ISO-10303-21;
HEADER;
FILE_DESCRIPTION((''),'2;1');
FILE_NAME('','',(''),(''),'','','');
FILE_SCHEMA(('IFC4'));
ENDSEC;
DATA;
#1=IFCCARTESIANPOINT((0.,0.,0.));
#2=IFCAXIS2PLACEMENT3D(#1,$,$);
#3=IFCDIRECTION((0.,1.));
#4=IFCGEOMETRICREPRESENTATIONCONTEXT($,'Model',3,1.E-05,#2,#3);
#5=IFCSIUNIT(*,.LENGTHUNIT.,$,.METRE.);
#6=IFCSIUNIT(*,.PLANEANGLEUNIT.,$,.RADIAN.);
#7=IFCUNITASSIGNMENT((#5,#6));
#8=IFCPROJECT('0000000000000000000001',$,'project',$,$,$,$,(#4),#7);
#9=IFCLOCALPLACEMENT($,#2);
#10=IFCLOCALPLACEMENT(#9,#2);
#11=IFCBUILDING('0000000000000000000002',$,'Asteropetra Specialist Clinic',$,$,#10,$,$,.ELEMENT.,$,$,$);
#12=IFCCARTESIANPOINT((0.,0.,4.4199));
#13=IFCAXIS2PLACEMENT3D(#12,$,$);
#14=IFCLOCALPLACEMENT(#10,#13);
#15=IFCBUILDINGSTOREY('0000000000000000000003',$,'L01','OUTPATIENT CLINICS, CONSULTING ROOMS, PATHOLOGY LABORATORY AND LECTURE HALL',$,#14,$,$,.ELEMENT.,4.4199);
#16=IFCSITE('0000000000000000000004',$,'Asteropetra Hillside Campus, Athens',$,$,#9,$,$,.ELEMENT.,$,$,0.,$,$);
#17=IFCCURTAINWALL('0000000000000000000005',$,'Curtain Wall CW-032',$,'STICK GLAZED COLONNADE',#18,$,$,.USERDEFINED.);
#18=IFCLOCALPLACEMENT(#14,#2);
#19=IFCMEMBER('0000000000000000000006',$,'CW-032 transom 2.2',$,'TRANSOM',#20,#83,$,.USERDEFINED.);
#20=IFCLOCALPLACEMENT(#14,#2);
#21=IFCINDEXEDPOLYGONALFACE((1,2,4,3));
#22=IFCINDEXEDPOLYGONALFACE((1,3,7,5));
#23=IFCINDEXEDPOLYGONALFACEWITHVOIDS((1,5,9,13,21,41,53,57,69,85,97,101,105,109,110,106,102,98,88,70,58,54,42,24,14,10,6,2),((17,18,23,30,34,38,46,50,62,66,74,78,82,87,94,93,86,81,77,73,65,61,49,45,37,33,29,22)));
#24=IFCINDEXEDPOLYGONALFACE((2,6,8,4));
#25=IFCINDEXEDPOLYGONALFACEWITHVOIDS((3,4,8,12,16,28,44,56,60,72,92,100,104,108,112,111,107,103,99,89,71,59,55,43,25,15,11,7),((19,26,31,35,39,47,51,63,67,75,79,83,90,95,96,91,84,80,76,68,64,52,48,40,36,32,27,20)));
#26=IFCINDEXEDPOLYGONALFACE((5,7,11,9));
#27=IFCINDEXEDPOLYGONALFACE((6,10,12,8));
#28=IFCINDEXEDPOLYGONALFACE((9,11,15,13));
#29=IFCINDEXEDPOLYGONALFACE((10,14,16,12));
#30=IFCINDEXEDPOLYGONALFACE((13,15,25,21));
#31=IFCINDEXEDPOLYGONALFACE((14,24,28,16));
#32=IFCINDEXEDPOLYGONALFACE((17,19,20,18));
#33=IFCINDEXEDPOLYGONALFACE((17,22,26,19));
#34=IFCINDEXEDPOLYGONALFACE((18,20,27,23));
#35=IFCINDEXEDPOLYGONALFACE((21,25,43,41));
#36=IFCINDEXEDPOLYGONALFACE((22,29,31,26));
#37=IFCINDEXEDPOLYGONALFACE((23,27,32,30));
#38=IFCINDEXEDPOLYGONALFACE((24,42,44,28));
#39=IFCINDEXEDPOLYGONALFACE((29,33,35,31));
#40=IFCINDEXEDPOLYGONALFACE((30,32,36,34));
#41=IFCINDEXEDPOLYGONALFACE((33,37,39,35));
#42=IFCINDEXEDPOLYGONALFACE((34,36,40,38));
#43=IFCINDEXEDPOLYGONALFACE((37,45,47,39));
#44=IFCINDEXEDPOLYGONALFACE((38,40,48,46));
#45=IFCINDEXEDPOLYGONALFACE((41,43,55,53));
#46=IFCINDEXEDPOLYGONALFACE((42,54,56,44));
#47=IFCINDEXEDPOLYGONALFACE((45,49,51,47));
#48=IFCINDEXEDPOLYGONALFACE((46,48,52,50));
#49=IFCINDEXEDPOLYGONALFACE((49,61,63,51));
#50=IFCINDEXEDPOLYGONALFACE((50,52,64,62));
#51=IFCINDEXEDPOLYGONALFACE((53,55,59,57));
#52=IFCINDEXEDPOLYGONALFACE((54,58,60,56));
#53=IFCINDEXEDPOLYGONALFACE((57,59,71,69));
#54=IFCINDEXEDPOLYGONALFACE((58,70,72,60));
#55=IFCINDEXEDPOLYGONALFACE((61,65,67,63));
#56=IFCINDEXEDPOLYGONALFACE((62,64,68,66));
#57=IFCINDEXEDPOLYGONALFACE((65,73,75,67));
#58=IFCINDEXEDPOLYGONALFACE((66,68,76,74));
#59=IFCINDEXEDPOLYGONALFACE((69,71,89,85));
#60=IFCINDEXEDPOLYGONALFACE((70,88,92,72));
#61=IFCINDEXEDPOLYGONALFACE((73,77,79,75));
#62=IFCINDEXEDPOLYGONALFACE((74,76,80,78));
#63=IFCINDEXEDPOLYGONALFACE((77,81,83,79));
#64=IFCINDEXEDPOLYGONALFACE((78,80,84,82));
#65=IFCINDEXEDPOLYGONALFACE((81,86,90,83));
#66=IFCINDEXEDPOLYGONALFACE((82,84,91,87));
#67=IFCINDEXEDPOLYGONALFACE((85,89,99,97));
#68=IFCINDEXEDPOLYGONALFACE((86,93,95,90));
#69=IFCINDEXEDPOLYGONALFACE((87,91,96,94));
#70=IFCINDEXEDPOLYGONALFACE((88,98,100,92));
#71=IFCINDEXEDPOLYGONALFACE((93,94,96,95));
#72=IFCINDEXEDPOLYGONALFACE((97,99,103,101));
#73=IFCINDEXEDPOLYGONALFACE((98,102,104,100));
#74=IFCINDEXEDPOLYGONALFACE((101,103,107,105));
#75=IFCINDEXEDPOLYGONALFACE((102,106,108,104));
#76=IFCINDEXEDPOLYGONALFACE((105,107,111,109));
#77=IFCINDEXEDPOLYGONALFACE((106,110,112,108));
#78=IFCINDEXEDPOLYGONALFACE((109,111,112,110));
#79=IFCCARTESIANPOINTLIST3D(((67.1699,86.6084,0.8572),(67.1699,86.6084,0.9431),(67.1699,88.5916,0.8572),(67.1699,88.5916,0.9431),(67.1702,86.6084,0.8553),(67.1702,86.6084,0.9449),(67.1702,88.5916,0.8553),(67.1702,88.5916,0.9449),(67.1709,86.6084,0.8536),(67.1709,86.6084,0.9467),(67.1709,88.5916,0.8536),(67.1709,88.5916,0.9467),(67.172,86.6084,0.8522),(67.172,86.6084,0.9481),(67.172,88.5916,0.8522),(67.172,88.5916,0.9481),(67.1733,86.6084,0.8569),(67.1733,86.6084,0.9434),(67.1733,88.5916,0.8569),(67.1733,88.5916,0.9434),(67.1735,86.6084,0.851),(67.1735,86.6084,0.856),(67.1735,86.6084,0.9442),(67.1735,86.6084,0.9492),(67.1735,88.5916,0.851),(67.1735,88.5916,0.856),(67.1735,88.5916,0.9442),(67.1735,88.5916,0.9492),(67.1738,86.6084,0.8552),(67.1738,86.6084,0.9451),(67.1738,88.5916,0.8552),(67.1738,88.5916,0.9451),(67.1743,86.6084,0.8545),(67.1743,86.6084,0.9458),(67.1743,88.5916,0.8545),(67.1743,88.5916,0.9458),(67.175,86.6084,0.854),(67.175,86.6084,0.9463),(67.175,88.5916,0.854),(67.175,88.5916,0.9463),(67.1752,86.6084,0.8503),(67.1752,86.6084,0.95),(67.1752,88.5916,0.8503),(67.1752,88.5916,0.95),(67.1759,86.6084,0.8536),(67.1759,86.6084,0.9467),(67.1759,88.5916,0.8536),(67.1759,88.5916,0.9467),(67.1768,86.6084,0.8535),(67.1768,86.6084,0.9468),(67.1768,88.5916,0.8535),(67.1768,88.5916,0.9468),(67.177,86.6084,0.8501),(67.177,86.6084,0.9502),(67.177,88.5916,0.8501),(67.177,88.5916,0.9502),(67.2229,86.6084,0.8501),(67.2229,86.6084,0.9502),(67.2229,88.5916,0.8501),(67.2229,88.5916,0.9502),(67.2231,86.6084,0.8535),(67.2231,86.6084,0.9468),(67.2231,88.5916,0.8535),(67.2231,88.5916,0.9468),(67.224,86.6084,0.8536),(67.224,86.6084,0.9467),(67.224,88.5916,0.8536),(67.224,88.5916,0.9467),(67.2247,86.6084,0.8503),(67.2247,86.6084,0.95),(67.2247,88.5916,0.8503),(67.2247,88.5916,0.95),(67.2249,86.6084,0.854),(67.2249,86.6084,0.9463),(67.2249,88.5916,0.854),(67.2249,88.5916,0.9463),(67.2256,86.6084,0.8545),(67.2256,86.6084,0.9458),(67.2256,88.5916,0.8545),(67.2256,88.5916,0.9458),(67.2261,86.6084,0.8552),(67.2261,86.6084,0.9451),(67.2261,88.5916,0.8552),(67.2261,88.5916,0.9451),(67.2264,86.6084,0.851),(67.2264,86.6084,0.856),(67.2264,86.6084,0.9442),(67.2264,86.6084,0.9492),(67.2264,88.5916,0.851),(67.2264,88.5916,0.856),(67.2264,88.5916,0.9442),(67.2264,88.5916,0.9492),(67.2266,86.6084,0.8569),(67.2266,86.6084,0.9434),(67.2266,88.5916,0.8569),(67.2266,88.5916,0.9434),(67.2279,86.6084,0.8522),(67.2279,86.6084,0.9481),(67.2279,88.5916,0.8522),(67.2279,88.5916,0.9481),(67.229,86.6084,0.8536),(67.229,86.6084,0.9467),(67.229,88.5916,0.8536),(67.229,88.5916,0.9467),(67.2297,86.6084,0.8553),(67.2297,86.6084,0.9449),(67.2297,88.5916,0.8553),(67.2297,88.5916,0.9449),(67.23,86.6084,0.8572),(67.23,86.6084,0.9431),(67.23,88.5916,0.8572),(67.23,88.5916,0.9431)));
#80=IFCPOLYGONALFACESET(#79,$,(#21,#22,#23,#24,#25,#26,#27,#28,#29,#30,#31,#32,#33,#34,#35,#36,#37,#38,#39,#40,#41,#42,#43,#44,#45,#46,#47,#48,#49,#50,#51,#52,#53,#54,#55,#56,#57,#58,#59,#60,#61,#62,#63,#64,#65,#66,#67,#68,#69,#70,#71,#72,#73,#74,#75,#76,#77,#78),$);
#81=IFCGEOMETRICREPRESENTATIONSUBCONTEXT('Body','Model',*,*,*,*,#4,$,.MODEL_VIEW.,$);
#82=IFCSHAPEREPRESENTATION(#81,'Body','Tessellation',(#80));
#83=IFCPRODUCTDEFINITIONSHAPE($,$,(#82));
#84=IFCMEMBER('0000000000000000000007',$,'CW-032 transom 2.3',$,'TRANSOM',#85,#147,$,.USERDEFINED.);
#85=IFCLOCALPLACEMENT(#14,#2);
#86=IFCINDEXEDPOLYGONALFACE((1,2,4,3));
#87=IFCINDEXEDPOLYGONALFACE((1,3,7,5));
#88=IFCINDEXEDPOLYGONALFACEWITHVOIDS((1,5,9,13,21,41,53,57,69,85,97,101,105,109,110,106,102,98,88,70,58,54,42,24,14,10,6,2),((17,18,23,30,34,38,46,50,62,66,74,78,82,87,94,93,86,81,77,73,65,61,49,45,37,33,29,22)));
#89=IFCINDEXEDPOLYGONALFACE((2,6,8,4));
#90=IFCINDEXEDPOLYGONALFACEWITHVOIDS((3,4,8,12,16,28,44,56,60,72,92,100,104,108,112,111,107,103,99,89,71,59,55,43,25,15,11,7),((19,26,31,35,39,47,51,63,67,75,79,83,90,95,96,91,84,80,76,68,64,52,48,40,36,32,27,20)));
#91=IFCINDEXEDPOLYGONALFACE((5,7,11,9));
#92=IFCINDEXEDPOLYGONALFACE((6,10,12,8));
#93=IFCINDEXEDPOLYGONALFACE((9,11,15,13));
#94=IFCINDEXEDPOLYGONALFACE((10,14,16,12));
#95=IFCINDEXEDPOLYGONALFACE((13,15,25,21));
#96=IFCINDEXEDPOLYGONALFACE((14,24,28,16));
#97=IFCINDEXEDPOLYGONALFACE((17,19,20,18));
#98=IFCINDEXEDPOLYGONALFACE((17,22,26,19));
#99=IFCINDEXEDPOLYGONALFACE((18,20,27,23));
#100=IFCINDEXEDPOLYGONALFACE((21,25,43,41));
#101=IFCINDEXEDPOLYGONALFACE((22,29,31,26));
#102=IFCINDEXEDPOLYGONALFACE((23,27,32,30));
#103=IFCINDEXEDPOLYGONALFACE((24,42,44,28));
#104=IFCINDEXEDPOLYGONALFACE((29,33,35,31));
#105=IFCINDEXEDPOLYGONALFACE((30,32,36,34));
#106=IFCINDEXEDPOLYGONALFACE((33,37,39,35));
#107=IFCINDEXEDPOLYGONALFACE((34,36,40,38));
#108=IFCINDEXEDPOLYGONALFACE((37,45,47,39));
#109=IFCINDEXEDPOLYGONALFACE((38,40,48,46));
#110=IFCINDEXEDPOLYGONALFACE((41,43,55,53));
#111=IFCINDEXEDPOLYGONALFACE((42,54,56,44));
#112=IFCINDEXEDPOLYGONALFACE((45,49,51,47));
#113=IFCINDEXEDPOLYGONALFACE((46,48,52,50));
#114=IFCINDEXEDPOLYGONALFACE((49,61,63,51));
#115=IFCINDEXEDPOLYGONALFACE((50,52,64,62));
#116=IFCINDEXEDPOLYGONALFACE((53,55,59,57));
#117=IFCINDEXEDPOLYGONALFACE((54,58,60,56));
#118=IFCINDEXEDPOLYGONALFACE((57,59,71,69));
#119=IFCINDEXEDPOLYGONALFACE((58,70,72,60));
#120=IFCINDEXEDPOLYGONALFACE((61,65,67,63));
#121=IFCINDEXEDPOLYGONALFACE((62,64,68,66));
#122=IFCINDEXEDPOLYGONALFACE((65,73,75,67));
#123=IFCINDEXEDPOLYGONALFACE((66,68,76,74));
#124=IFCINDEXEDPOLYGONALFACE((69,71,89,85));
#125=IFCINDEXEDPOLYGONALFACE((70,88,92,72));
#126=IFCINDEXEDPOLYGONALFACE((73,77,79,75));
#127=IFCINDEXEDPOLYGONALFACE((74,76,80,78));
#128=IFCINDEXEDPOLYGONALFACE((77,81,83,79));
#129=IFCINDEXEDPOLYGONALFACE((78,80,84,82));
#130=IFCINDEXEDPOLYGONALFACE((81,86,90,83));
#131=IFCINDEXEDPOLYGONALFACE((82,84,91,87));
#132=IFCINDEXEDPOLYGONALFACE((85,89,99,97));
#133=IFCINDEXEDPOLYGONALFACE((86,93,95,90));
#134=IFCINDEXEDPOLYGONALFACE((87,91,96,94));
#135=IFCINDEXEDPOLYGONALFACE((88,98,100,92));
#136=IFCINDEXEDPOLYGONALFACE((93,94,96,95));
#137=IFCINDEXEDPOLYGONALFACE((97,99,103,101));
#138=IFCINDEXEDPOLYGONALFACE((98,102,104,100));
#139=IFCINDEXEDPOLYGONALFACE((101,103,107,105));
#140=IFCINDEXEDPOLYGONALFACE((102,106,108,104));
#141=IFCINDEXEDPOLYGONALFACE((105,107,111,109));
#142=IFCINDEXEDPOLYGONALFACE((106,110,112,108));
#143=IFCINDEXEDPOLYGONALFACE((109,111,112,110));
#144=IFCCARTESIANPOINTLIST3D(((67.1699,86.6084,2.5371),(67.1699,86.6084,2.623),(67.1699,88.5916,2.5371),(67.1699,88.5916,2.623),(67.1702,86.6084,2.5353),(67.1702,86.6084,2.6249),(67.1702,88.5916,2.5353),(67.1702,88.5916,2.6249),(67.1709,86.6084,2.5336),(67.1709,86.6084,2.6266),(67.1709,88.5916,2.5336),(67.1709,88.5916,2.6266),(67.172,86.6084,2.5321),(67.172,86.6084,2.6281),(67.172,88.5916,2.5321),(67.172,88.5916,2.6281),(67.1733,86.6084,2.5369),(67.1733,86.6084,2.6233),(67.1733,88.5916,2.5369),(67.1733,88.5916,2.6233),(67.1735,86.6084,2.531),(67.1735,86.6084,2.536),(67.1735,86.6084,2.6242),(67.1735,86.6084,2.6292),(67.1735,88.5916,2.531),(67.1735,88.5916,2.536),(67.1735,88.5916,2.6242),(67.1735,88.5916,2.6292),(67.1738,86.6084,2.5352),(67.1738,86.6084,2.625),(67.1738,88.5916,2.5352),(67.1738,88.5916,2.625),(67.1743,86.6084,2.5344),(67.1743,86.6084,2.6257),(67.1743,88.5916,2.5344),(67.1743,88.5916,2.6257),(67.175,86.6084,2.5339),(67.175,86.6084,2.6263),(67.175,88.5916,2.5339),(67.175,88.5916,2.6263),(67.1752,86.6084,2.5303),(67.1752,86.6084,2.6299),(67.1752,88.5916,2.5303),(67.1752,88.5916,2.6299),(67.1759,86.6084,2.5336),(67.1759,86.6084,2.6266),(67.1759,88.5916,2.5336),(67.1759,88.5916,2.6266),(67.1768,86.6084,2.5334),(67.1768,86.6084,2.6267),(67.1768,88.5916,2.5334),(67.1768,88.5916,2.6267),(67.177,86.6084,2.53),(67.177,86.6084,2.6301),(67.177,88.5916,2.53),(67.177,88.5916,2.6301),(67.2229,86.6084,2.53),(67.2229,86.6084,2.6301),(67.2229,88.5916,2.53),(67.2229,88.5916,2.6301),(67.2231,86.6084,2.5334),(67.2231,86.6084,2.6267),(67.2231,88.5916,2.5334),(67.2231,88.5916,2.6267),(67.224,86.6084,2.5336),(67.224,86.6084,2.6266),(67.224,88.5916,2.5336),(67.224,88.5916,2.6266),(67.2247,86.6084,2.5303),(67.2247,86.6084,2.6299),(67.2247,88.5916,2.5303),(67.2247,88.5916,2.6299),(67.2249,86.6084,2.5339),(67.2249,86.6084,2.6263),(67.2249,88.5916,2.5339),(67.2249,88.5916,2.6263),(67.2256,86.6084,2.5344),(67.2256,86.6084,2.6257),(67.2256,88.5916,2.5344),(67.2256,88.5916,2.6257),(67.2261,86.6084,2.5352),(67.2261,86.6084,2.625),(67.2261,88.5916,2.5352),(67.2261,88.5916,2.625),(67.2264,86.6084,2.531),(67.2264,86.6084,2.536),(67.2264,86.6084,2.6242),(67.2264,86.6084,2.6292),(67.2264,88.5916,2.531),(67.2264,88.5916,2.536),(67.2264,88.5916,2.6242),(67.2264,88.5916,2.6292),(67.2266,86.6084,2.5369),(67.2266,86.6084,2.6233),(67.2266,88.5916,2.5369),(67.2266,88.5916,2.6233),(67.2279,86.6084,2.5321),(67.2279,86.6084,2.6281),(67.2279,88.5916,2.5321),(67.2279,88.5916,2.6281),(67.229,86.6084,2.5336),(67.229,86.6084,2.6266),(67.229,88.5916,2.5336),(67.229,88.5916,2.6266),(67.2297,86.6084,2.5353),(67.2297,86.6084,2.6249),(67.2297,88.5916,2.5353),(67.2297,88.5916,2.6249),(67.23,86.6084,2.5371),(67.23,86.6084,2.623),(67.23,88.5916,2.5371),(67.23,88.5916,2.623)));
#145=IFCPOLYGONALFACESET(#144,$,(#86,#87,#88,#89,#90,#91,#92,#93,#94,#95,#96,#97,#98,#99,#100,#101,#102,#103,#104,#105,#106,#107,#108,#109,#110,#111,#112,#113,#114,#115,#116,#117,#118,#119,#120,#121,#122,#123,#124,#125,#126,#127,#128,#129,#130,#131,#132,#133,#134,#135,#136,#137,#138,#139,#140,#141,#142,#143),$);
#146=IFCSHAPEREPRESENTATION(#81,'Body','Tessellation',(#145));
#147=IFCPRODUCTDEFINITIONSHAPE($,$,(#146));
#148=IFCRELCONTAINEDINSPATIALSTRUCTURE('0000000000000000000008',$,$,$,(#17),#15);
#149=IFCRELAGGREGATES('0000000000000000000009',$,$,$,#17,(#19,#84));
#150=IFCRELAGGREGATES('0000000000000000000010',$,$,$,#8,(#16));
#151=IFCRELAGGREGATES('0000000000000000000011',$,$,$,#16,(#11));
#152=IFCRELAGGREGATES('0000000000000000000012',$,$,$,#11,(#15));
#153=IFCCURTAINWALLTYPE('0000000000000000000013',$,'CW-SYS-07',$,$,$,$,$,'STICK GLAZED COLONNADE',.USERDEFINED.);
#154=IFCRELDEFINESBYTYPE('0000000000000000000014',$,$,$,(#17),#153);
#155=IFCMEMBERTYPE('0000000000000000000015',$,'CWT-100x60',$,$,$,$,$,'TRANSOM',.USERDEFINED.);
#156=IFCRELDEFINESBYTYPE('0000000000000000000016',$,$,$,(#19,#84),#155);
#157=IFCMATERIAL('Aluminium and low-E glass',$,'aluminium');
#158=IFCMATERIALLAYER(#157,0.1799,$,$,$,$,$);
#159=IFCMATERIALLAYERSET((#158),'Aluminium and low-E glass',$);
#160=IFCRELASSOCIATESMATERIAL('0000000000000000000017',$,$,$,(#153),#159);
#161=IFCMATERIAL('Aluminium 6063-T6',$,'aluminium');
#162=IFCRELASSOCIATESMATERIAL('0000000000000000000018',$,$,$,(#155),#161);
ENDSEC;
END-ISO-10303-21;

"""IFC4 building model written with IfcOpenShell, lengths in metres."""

from ifc_helpers import new_model, si_unit, direction, frame, origin, origin_2d, place, context, subcontext, project, spatial, hollow_rectangle, extrude, material, layer, layer_set, material_profile, profile_set, type_object, element, aggregate, save


model = new_model("IFC4")

# Units and contexts
model_context = context("Model", 3, precision=1e-05, world=origin(), true_north=direction((0.0, 1.0)))
body_context = subcontext(model_context, "Body", "Model", "MODEL_VIEW")
ifc_project = project(units=[si_unit("LENGTHUNIT", "METRE"), si_unit("PLANEANGLEUNIT", "RADIAN")], contexts=[model_context])

# Site, building, storey
site_placement = place(None, origin())
site = spatial("IfcSite", under=ifc_project, at=site_placement, Name="Asteropetra Hillside Campus, Athens", CompositionType="ELEMENT", RefElevation=0.0)
building_placement = place(site_placement, origin())
building = spatial("IfcBuilding", under=site, at=building_placement, Name="Asteropetra Specialist Clinic", CompositionType="ELEMENT")
storey_placement = place(building_placement, frame((0.0, 0.0, 4.4199)))
storey = spatial("IfcBuildingStorey", under=building, at=storey_placement, Name="L01", Description="OUTPATIENT CLINICS, CONSULTING ROOMS, PATHOLOGY LABORATORY AND LECTURE HALL", CompositionType="ELEMENT", Elevation=4.4199)

# Curtain wall
ifc_material_1 = material(Name="Aluminium and low-E glass", Category="aluminium")
ifc_layer_1 = layer(ifc_material_1, 0.1799)
ifc_layer_set_1 = layer_set([ifc_layer_1], Name="Aluminium and low-E glass")
curtain_wall_type_1 = type_object("IfcCurtainWallType", Name="CW-SYS-07", ElementType="STICK GLAZED COLONNADE", PredefinedType="USERDEFINED", material=ifc_layer_set_1)
curtain_wall_1_placement = place(storey_placement, origin())
curtain_wall_1 = element("IfcCurtainWall", 1, at=curtain_wall_1_placement, inside=storey, type_object=curtain_wall_type_1, Name="Curtain Wall CW-032", ObjectType="STICK GLAZED COLONNADE", PredefinedType="USERDEFINED")

# Members
ifc_material_2 = material(Name="Aluminium 6063-T6", Category="aluminium")
ifc_material_profile_1 = material_profile(ifc_material_2, hollow_rectangle(XDim=0.0601, YDim=0.1001, WallThickness=0.0034, InnerFilletRadius=0.0034, OuterFilletRadius=0.0071, at=origin_2d()), Name="TRN 100x60x3.5")
ifc_profile_set_1 = profile_set([ifc_material_profile_1], Name="Aluminium 6063-T6")
member_type_1 = type_object("IfcMemberType", Name="CWT-100x60", ElementType="TRANSOM", PredefinedType="USERDEFINED", material=ifc_profile_set_1)
member_1_placement = place(storey_placement, frame((67.2, 86.6084, 0.9001), z_axis=(0.0, 1.0, 0.0), x_axis=(-1.0, 0.0, 0.0)))
member_1 = element("IfcMember", 2, at=member_1_placement, type_object=member_type_1, Name="CW-032 transom 2.2", ObjectType="TRANSOM", PredefinedType="USERDEFINED", context=body_context, shape_type="SweptSolid", body=[
    extrude(hollow_rectangle(XDim=0.0601, YDim=0.1001, WallThickness=0.0034, InnerFilletRadius=0.0034, OuterFilletRadius=0.0071, at=origin_2d()), origin(), (0.0, 0.0, 1.0), 1.9832),
])
member_2_placement = place(storey_placement, frame((67.2, 86.6084, 2.5801), z_axis=(0.0, 1.0, 0.0), x_axis=(-1.0, 0.0, 0.0)))
member_2 = element("IfcMember", 3, at=member_2_placement, type_object=member_type_1, Name="CW-032 transom 2.3", ObjectType="TRANSOM", PredefinedType="USERDEFINED", context=body_context, shape_type="SweptSolid", body=[
    extrude(hollow_rectangle(XDim=0.0601, YDim=0.1001, WallThickness=0.0034, InnerFilletRadius=0.0034, OuterFilletRadius=0.0071, at=origin_2d()), origin(), (0.0, 0.0, 1.0), 1.9832),
])

aggregate(curtain_wall_1, [member_1, member_2])

save(model, "model.ifc")
